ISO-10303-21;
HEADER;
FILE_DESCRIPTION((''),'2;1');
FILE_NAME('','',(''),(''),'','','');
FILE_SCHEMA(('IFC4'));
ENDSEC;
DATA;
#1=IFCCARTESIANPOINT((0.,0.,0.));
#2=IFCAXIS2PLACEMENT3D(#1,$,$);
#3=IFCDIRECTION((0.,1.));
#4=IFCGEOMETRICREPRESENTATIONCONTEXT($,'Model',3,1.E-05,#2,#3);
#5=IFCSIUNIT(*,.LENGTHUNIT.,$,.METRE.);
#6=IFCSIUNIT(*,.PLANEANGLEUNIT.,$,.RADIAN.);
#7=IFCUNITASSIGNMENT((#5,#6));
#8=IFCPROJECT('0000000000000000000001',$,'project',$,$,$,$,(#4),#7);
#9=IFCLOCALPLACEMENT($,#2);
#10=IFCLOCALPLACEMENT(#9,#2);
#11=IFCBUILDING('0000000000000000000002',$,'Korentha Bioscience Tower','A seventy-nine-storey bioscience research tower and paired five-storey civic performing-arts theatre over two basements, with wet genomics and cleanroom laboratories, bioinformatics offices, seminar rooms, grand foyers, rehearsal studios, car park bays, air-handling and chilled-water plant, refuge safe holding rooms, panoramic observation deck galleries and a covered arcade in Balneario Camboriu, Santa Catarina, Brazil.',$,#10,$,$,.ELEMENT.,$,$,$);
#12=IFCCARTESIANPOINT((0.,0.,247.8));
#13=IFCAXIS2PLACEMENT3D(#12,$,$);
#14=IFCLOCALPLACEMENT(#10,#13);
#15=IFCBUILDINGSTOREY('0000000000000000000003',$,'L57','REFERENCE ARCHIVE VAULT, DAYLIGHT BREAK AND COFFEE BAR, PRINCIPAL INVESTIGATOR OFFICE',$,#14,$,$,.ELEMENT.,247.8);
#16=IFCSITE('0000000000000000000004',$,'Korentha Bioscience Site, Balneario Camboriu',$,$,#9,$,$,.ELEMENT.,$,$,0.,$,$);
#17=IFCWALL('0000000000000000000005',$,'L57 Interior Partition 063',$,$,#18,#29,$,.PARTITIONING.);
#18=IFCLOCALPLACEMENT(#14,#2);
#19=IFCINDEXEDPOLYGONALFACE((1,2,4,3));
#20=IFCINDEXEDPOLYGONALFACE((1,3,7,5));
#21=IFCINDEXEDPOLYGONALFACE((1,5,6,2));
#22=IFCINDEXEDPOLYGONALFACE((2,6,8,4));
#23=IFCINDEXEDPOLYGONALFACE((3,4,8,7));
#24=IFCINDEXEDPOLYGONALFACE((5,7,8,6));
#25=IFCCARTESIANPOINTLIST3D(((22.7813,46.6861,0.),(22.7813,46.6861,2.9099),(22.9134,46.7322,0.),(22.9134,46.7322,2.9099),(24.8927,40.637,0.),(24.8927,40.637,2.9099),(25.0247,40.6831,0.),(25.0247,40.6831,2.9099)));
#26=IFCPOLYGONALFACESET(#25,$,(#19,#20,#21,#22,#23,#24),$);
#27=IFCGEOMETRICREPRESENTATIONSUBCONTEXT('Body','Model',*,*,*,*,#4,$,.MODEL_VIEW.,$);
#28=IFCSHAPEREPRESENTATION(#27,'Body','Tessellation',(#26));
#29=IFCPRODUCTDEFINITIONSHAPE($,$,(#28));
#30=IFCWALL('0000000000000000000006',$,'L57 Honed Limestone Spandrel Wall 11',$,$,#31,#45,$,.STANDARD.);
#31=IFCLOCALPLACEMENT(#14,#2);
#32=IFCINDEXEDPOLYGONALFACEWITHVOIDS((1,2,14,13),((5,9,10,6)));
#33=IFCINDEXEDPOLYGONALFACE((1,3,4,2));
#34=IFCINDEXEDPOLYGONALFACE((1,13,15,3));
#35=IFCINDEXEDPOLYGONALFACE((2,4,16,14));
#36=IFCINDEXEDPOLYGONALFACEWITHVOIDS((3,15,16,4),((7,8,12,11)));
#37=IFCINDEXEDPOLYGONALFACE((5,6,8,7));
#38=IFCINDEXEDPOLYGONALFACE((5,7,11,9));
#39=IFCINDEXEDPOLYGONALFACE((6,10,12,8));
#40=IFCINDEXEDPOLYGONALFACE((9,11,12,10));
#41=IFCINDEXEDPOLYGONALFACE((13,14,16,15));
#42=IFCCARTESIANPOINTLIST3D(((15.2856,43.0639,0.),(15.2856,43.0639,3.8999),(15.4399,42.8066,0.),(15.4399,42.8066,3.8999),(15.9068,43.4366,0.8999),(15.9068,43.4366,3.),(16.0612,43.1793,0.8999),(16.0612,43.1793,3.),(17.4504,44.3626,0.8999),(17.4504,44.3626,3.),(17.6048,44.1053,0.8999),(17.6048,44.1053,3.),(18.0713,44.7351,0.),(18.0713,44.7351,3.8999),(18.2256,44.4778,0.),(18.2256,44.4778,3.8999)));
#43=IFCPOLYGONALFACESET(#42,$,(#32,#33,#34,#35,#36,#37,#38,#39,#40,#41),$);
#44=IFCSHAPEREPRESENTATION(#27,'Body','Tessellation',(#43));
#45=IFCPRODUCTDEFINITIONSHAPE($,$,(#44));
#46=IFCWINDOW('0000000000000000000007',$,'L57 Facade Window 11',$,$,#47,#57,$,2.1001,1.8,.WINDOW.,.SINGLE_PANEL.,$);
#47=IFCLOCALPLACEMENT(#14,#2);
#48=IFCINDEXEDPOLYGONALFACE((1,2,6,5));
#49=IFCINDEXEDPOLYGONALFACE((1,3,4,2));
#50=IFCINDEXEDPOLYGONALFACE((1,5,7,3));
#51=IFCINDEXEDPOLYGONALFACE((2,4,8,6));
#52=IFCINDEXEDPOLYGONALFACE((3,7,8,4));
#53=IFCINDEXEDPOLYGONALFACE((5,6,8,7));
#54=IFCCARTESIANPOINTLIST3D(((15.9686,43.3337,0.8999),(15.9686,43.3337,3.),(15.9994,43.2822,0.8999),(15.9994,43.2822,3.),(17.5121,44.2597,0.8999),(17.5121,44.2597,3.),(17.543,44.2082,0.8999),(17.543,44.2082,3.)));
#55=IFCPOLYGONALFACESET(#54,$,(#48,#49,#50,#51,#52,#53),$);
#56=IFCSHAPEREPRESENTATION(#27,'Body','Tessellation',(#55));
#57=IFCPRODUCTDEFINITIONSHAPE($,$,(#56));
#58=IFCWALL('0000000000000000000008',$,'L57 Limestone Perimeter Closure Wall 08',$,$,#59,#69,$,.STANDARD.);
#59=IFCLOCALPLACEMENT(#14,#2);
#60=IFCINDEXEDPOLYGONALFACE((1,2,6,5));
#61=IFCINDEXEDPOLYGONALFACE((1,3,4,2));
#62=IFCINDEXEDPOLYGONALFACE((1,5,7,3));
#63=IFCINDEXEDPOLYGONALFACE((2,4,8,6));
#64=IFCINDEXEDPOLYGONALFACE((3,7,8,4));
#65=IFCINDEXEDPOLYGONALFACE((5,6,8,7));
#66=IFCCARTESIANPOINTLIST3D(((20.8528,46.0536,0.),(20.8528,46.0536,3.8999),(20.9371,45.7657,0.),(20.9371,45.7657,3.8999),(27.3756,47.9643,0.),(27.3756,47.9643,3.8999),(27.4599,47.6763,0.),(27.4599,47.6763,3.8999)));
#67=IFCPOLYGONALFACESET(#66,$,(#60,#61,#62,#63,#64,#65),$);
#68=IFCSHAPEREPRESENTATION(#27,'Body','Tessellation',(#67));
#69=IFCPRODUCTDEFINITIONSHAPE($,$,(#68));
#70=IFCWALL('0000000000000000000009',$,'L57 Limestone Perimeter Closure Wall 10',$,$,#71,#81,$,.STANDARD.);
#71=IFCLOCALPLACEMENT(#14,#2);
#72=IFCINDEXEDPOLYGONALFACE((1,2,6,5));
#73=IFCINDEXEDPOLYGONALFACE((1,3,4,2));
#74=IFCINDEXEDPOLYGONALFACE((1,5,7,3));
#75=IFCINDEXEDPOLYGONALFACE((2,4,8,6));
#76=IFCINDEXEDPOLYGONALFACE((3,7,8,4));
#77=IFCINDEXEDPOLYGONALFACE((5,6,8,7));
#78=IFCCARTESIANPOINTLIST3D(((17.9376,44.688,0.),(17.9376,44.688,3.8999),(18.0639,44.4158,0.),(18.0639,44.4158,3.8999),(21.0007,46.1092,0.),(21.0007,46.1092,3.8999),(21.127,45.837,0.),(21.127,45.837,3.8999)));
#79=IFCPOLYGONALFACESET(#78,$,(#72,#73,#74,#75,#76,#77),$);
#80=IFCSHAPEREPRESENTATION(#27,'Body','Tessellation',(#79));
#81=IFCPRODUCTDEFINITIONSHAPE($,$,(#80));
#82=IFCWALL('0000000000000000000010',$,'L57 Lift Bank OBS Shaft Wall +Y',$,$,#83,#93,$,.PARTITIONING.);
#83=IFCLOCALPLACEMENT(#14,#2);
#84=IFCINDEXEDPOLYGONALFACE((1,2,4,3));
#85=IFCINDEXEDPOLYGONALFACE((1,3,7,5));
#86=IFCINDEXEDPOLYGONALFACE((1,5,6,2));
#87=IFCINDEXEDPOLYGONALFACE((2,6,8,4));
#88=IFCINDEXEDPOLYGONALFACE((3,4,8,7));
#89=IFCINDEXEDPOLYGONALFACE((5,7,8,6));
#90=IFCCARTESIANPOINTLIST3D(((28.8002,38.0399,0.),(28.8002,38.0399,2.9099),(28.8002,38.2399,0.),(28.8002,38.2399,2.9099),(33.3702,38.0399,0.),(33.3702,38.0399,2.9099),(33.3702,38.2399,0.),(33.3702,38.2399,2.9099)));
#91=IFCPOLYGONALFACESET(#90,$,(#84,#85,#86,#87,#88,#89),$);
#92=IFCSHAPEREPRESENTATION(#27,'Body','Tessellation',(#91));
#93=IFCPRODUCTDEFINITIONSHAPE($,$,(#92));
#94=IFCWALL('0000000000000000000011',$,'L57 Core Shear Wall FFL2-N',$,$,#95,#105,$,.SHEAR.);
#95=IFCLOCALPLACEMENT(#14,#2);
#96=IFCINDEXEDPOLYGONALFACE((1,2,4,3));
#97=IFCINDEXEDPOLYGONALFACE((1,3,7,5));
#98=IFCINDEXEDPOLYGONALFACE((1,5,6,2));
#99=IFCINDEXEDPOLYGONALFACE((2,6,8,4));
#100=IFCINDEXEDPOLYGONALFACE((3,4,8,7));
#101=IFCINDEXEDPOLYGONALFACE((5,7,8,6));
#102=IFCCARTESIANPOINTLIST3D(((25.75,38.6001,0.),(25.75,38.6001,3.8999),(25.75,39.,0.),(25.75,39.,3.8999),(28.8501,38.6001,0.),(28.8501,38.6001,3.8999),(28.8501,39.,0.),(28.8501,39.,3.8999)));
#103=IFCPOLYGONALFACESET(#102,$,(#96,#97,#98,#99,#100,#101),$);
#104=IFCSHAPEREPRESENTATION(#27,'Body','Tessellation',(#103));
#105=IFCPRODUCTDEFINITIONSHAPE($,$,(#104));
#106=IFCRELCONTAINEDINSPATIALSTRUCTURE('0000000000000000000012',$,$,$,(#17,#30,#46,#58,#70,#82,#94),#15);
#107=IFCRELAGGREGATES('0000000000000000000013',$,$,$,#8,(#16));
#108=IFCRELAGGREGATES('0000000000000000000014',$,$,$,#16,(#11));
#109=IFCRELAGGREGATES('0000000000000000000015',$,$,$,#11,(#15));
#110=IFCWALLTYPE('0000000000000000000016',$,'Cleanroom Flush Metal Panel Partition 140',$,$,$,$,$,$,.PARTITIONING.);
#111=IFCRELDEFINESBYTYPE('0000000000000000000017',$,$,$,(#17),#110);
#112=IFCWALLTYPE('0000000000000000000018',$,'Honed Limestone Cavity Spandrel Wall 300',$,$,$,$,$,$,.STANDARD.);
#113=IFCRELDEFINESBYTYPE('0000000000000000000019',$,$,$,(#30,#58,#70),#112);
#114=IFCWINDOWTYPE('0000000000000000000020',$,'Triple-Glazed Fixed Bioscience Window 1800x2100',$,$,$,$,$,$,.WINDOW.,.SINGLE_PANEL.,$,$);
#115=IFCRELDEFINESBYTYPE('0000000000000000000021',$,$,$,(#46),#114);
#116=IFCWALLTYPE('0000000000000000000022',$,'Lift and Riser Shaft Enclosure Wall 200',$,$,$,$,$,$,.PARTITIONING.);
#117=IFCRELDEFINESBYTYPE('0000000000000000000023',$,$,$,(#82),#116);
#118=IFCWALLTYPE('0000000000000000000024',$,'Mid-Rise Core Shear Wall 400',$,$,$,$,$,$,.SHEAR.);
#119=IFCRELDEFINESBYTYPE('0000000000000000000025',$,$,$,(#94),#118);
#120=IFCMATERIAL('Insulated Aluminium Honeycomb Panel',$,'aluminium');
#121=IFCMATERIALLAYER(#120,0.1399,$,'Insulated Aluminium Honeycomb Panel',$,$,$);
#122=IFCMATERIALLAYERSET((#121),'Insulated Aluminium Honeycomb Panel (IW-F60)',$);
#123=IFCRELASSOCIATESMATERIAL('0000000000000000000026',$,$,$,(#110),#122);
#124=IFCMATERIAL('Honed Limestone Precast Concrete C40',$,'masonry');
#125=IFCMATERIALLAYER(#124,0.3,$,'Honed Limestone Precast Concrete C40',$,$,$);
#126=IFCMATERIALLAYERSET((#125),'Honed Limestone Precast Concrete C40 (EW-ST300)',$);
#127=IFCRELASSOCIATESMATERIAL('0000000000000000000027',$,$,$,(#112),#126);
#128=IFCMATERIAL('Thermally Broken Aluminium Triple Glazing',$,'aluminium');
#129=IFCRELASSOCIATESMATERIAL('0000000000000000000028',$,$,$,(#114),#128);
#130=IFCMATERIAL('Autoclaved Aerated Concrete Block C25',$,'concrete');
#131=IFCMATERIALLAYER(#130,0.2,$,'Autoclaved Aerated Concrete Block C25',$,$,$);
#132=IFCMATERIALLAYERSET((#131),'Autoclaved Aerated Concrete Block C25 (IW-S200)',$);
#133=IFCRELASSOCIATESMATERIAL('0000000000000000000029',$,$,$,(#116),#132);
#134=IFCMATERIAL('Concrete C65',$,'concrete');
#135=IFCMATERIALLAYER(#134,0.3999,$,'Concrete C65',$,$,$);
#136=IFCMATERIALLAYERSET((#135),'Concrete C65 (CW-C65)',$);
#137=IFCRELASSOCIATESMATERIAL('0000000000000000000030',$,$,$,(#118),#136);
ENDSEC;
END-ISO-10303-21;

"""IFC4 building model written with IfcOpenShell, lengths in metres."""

from ifc_helpers import new_model, si_unit, direction, frame, frame_2d, origin, place, context, subcontext, project, spatial, rectangle, extrude, material, layer, layer_set, type_object, element, fill, save


model = new_model("IFC4")

# Units and contexts
model_context = context("Model", 3, precision=1e-05, world=origin(), true_north=direction((0.0, 1.0)))
body_context = subcontext(model_context, "Body", "Model", "MODEL_VIEW")
ifc_project = project(units=[si_unit("LENGTHUNIT", "METRE"), si_unit("PLANEANGLEUNIT", "RADIAN")], contexts=[model_context])

# Site, building, storey
site_placement = place(None, origin())
site = spatial("IfcSite", under=ifc_project, at=site_placement, Name="Korentha Bioscience Site, Balneario Camboriu", CompositionType="ELEMENT", RefElevation=0.0)
building_placement = place(site_placement, origin())
building = spatial("IfcBuilding", under=site, at=building_placement, Name="Korentha Bioscience Tower", Description="A seventy-nine-storey bioscience research tower and paired five-storey civic performing-arts theatre over two basements, with wet genomics and cleanroom laboratories, bioinformatics offices, seminar rooms, grand foyers, rehearsal studios, car park bays, air-handling and chilled-water plant, refuge safe holding rooms, panoramic observation deck galleries and a covered arcade in Balneario Camboriu, Santa Catarina, Brazil.", CompositionType="ELEMENT")
storey_placement = place(building_placement, frame((0.0, 0.0, 247.8)))
storey = spatial("IfcBuildingStorey", under=building, at=storey_placement, Name="L57", Description="REFERENCE ARCHIVE VAULT, DAYLIGHT BREAK AND COFFEE BAR, PRINCIPAL INVESTIGATOR OFFICE", CompositionType="ELEMENT", Elevation=247.8)

# Shared definitions
ifc_material_1 = material(Name="Concrete C65", Category="concrete")

# Wall
ifc_material_2 = material(Name="Insulated Aluminium Honeycomb Panel", Category="aluminium")
ifc_layer_1 = layer(ifc_material_2, 0.1399, Name="Insulated Aluminium Honeycomb Panel")
ifc_layer_set_1 = layer_set([ifc_layer_1], Name="Insulated Aluminium Honeycomb Panel (IW-F60)")
wall_type_1 = type_object("IfcWallType", Name="Cleanroom Flush Metal Panel Partition 140", PredefinedType="PARTITIONING", material=ifc_layer_set_1)
wall_1_placement = place(storey_placement, frame((24.9587, 40.6599, 0.0), z_axis=(0.0, 0.0, 1.0), x_axis=(-0.329537, 0.944143, 0.0)))
element("IfcWall", 1, at=wall_1_placement, inside=storey, type_object=wall_type_1, Name="L57 Interior Partition 063", PredefinedType="PARTITIONING", context=body_context, shape_type="SweptSolid", body=[
    extrude(rectangle(XDim=6.407, YDim=0.1399, at=frame_2d((3.2036, 0.0))), origin(), (0.0, 0.0, 1.0), 2.9099),
])

# Wall, opening, window
ifc_material_3 = material(Name="Honed Limestone Precast Concrete C40", Category="masonry")
ifc_layer_2 = layer(ifc_material_3, 0.3, Name="Honed Limestone Precast Concrete C40")
ifc_layer_set_2 = layer_set([ifc_layer_2], Name="Honed Limestone Precast Concrete C40 (EW-ST300)")
wall_type_2 = type_object("IfcWallType", Name="Honed Limestone Cavity Spandrel Wall 300", PredefinedType="STANDARD", material=ifc_layer_set_2)
wall_2_placement = place(storey_placement, frame((18.1484, 44.6064, 0.0), z_axis=(0.0, 0.0, 1.0), x_axis=(-0.857526, -0.51444, 0.0)))
wall_2 = element("IfcWall", 2, at=wall_2_placement, inside=storey, type_object=wall_type_2, Name="L57 Honed Limestone Spandrel Wall 11", PredefinedType="STANDARD", context=body_context, shape_type="SweptSolid", body=[
    extrude(rectangle(XDim=3.2485, YDim=0.3, at=frame_2d((1.6243, 0.0))), origin(), (0.0, 0.0, 1.0), 3.8999),
])
opening_1_placement = place(wall_2_placement, frame((0.7241, 0.0, 0.8999)))
opening_1 = element("IfcOpeningElement", 3, at=opening_1_placement, cuts=wall_2, PredefinedType="OPENING", context=body_context, shape_type="SweptSolid", body=[
    extrude(rectangle(XDim=1.8, YDim=2.1001, at=frame_2d((0.8999, 1.05))), frame((0.0, 0.165, 0.0), z_axis=(0.0, -1.0, 0.0), x_axis=(1.0, 0.0, 0.0)), (0.0, 0.0, 1.0), 0.3298),
])
ifc_material_4 = material(Name="Thermally Broken Aluminium Triple Glazing", Category="aluminium")
window_type = type_object("IfcWindowType", Name="Triple-Glazed Fixed Bioscience Window 1800x2100", PartitioningType="SINGLE_PANEL", PredefinedType="WINDOW", material=ifc_material_4)
window_placement = place(opening_1_placement, origin())
window = element("IfcWindow", 4, at=window_placement, inside=storey, type_object=window_type, Name="L57 Facade Window 11", OverallHeight=2.1001, OverallWidth=1.8, PartitioningType="SINGLE_PANEL", PredefinedType="WINDOW", context=body_context, shape_type="SweptSolid", body=[
    extrude(rectangle(XDim=1.8, YDim=2.1001, at=frame_2d((0.8999, 1.05))), frame((0.0, 0.03, 0.0), z_axis=(0.0, -1.0, 0.0), x_axis=(1.0, 0.0, 0.0)), (0.0, 0.0, 1.0), 0.0601),
])
fill(opening_1, window)

# Walls
wall_3_placement = place(storey_placement, frame((27.4177, 47.8203, 0.0), z_axis=(0.0, 0.0, 1.0), x_axis=(-0.959676, -0.28111, 0.0)))
element("IfcWall", 5, at=wall_3_placement, inside=storey, type_object=wall_type_2, Name="L57 Limestone Perimeter Closure Wall 08", PredefinedType="STANDARD", context=body_context, shape_type="SweptSolid", body=[
    extrude(rectangle(XDim=6.7969, YDim=0.3, at=frame_2d((3.3984, 0.0))), origin(), (0.0, 0.0, 1.0), 3.8999),
])
wall_4_placement = place(storey_placement, frame((21.064, 45.9731, 0.0), z_axis=(0.0, 0.0, 1.0), x_axis=(-0.907117, -0.420878, 0.0)))
element("IfcWall", 6, at=wall_4_placement, inside=storey, type_object=wall_type_2, Name="L57 Limestone Perimeter Closure Wall 10", PredefinedType="STANDARD", context=body_context, shape_type="SweptSolid", body=[
    extrude(rectangle(XDim=3.3767, YDim=0.3, at=frame_2d((1.6885, 0.0))), origin(), (0.0, 0.0, 1.0), 3.8999),
])
ifc_material_5 = material(Name="Autoclaved Aerated Concrete Block C25", Category="concrete")
ifc_layer_3 = layer(ifc_material_5, 0.2, Name="Autoclaved Aerated Concrete Block C25")
ifc_layer_set_3 = layer_set([ifc_layer_3], Name="Autoclaved Aerated Concrete Block C25 (IW-S200)")
wall_type_3 = type_object("IfcWallType", Name="Lift and Riser Shaft Enclosure Wall 200", PredefinedType="PARTITIONING", material=ifc_layer_set_3)
wall_5_placement = place(storey_placement, frame((28.8, 38.1399, 0.0), z_axis=(0.0, 0.0, 1.0), x_axis=(1.0, 0.0, 0.0)))
element("IfcWall", 7, at=wall_5_placement, inside=storey, type_object=wall_type_3, Name="L57 Lift Bank OBS Shaft Wall +Y", PredefinedType="PARTITIONING", context=body_context, shape_type="SweptSolid", body=[
    extrude(rectangle(XDim=4.5701, YDim=0.2, at=frame_2d((2.2852, 0.0))), origin(), (0.0, 0.0, 1.0), 2.9099),
])
ifc_layer_4 = layer(ifc_material_1, 0.3999, Name="Concrete C65")
ifc_layer_set_4 = layer_set([ifc_layer_4], Name="Concrete C65 (CW-C65)")
wall_type_4 = type_object("IfcWallType", Name="Mid-Rise Core Shear Wall 400", PredefinedType="SHEAR", material=ifc_layer_set_4)
wall_6_placement = place(storey_placement, frame((25.75, 38.8, 0.0), z_axis=(0.0, 0.0, 1.0), x_axis=(1.0, 0.0, 0.0)))
element("IfcWall", 8, at=wall_6_placement, inside=storey, type_object=wall_type_4, Name="L57 Core Shear Wall FFL2-N", PredefinedType="SHEAR", context=body_context, shape_type="SweptSolid", body=[
    extrude(rectangle(XDim=3.1001, YDim=0.3999, at=frame_2d((1.55, 0.0))), origin(), (0.0, 0.0, 1.0), 3.8999),
])

save(model, "model.ifc")
